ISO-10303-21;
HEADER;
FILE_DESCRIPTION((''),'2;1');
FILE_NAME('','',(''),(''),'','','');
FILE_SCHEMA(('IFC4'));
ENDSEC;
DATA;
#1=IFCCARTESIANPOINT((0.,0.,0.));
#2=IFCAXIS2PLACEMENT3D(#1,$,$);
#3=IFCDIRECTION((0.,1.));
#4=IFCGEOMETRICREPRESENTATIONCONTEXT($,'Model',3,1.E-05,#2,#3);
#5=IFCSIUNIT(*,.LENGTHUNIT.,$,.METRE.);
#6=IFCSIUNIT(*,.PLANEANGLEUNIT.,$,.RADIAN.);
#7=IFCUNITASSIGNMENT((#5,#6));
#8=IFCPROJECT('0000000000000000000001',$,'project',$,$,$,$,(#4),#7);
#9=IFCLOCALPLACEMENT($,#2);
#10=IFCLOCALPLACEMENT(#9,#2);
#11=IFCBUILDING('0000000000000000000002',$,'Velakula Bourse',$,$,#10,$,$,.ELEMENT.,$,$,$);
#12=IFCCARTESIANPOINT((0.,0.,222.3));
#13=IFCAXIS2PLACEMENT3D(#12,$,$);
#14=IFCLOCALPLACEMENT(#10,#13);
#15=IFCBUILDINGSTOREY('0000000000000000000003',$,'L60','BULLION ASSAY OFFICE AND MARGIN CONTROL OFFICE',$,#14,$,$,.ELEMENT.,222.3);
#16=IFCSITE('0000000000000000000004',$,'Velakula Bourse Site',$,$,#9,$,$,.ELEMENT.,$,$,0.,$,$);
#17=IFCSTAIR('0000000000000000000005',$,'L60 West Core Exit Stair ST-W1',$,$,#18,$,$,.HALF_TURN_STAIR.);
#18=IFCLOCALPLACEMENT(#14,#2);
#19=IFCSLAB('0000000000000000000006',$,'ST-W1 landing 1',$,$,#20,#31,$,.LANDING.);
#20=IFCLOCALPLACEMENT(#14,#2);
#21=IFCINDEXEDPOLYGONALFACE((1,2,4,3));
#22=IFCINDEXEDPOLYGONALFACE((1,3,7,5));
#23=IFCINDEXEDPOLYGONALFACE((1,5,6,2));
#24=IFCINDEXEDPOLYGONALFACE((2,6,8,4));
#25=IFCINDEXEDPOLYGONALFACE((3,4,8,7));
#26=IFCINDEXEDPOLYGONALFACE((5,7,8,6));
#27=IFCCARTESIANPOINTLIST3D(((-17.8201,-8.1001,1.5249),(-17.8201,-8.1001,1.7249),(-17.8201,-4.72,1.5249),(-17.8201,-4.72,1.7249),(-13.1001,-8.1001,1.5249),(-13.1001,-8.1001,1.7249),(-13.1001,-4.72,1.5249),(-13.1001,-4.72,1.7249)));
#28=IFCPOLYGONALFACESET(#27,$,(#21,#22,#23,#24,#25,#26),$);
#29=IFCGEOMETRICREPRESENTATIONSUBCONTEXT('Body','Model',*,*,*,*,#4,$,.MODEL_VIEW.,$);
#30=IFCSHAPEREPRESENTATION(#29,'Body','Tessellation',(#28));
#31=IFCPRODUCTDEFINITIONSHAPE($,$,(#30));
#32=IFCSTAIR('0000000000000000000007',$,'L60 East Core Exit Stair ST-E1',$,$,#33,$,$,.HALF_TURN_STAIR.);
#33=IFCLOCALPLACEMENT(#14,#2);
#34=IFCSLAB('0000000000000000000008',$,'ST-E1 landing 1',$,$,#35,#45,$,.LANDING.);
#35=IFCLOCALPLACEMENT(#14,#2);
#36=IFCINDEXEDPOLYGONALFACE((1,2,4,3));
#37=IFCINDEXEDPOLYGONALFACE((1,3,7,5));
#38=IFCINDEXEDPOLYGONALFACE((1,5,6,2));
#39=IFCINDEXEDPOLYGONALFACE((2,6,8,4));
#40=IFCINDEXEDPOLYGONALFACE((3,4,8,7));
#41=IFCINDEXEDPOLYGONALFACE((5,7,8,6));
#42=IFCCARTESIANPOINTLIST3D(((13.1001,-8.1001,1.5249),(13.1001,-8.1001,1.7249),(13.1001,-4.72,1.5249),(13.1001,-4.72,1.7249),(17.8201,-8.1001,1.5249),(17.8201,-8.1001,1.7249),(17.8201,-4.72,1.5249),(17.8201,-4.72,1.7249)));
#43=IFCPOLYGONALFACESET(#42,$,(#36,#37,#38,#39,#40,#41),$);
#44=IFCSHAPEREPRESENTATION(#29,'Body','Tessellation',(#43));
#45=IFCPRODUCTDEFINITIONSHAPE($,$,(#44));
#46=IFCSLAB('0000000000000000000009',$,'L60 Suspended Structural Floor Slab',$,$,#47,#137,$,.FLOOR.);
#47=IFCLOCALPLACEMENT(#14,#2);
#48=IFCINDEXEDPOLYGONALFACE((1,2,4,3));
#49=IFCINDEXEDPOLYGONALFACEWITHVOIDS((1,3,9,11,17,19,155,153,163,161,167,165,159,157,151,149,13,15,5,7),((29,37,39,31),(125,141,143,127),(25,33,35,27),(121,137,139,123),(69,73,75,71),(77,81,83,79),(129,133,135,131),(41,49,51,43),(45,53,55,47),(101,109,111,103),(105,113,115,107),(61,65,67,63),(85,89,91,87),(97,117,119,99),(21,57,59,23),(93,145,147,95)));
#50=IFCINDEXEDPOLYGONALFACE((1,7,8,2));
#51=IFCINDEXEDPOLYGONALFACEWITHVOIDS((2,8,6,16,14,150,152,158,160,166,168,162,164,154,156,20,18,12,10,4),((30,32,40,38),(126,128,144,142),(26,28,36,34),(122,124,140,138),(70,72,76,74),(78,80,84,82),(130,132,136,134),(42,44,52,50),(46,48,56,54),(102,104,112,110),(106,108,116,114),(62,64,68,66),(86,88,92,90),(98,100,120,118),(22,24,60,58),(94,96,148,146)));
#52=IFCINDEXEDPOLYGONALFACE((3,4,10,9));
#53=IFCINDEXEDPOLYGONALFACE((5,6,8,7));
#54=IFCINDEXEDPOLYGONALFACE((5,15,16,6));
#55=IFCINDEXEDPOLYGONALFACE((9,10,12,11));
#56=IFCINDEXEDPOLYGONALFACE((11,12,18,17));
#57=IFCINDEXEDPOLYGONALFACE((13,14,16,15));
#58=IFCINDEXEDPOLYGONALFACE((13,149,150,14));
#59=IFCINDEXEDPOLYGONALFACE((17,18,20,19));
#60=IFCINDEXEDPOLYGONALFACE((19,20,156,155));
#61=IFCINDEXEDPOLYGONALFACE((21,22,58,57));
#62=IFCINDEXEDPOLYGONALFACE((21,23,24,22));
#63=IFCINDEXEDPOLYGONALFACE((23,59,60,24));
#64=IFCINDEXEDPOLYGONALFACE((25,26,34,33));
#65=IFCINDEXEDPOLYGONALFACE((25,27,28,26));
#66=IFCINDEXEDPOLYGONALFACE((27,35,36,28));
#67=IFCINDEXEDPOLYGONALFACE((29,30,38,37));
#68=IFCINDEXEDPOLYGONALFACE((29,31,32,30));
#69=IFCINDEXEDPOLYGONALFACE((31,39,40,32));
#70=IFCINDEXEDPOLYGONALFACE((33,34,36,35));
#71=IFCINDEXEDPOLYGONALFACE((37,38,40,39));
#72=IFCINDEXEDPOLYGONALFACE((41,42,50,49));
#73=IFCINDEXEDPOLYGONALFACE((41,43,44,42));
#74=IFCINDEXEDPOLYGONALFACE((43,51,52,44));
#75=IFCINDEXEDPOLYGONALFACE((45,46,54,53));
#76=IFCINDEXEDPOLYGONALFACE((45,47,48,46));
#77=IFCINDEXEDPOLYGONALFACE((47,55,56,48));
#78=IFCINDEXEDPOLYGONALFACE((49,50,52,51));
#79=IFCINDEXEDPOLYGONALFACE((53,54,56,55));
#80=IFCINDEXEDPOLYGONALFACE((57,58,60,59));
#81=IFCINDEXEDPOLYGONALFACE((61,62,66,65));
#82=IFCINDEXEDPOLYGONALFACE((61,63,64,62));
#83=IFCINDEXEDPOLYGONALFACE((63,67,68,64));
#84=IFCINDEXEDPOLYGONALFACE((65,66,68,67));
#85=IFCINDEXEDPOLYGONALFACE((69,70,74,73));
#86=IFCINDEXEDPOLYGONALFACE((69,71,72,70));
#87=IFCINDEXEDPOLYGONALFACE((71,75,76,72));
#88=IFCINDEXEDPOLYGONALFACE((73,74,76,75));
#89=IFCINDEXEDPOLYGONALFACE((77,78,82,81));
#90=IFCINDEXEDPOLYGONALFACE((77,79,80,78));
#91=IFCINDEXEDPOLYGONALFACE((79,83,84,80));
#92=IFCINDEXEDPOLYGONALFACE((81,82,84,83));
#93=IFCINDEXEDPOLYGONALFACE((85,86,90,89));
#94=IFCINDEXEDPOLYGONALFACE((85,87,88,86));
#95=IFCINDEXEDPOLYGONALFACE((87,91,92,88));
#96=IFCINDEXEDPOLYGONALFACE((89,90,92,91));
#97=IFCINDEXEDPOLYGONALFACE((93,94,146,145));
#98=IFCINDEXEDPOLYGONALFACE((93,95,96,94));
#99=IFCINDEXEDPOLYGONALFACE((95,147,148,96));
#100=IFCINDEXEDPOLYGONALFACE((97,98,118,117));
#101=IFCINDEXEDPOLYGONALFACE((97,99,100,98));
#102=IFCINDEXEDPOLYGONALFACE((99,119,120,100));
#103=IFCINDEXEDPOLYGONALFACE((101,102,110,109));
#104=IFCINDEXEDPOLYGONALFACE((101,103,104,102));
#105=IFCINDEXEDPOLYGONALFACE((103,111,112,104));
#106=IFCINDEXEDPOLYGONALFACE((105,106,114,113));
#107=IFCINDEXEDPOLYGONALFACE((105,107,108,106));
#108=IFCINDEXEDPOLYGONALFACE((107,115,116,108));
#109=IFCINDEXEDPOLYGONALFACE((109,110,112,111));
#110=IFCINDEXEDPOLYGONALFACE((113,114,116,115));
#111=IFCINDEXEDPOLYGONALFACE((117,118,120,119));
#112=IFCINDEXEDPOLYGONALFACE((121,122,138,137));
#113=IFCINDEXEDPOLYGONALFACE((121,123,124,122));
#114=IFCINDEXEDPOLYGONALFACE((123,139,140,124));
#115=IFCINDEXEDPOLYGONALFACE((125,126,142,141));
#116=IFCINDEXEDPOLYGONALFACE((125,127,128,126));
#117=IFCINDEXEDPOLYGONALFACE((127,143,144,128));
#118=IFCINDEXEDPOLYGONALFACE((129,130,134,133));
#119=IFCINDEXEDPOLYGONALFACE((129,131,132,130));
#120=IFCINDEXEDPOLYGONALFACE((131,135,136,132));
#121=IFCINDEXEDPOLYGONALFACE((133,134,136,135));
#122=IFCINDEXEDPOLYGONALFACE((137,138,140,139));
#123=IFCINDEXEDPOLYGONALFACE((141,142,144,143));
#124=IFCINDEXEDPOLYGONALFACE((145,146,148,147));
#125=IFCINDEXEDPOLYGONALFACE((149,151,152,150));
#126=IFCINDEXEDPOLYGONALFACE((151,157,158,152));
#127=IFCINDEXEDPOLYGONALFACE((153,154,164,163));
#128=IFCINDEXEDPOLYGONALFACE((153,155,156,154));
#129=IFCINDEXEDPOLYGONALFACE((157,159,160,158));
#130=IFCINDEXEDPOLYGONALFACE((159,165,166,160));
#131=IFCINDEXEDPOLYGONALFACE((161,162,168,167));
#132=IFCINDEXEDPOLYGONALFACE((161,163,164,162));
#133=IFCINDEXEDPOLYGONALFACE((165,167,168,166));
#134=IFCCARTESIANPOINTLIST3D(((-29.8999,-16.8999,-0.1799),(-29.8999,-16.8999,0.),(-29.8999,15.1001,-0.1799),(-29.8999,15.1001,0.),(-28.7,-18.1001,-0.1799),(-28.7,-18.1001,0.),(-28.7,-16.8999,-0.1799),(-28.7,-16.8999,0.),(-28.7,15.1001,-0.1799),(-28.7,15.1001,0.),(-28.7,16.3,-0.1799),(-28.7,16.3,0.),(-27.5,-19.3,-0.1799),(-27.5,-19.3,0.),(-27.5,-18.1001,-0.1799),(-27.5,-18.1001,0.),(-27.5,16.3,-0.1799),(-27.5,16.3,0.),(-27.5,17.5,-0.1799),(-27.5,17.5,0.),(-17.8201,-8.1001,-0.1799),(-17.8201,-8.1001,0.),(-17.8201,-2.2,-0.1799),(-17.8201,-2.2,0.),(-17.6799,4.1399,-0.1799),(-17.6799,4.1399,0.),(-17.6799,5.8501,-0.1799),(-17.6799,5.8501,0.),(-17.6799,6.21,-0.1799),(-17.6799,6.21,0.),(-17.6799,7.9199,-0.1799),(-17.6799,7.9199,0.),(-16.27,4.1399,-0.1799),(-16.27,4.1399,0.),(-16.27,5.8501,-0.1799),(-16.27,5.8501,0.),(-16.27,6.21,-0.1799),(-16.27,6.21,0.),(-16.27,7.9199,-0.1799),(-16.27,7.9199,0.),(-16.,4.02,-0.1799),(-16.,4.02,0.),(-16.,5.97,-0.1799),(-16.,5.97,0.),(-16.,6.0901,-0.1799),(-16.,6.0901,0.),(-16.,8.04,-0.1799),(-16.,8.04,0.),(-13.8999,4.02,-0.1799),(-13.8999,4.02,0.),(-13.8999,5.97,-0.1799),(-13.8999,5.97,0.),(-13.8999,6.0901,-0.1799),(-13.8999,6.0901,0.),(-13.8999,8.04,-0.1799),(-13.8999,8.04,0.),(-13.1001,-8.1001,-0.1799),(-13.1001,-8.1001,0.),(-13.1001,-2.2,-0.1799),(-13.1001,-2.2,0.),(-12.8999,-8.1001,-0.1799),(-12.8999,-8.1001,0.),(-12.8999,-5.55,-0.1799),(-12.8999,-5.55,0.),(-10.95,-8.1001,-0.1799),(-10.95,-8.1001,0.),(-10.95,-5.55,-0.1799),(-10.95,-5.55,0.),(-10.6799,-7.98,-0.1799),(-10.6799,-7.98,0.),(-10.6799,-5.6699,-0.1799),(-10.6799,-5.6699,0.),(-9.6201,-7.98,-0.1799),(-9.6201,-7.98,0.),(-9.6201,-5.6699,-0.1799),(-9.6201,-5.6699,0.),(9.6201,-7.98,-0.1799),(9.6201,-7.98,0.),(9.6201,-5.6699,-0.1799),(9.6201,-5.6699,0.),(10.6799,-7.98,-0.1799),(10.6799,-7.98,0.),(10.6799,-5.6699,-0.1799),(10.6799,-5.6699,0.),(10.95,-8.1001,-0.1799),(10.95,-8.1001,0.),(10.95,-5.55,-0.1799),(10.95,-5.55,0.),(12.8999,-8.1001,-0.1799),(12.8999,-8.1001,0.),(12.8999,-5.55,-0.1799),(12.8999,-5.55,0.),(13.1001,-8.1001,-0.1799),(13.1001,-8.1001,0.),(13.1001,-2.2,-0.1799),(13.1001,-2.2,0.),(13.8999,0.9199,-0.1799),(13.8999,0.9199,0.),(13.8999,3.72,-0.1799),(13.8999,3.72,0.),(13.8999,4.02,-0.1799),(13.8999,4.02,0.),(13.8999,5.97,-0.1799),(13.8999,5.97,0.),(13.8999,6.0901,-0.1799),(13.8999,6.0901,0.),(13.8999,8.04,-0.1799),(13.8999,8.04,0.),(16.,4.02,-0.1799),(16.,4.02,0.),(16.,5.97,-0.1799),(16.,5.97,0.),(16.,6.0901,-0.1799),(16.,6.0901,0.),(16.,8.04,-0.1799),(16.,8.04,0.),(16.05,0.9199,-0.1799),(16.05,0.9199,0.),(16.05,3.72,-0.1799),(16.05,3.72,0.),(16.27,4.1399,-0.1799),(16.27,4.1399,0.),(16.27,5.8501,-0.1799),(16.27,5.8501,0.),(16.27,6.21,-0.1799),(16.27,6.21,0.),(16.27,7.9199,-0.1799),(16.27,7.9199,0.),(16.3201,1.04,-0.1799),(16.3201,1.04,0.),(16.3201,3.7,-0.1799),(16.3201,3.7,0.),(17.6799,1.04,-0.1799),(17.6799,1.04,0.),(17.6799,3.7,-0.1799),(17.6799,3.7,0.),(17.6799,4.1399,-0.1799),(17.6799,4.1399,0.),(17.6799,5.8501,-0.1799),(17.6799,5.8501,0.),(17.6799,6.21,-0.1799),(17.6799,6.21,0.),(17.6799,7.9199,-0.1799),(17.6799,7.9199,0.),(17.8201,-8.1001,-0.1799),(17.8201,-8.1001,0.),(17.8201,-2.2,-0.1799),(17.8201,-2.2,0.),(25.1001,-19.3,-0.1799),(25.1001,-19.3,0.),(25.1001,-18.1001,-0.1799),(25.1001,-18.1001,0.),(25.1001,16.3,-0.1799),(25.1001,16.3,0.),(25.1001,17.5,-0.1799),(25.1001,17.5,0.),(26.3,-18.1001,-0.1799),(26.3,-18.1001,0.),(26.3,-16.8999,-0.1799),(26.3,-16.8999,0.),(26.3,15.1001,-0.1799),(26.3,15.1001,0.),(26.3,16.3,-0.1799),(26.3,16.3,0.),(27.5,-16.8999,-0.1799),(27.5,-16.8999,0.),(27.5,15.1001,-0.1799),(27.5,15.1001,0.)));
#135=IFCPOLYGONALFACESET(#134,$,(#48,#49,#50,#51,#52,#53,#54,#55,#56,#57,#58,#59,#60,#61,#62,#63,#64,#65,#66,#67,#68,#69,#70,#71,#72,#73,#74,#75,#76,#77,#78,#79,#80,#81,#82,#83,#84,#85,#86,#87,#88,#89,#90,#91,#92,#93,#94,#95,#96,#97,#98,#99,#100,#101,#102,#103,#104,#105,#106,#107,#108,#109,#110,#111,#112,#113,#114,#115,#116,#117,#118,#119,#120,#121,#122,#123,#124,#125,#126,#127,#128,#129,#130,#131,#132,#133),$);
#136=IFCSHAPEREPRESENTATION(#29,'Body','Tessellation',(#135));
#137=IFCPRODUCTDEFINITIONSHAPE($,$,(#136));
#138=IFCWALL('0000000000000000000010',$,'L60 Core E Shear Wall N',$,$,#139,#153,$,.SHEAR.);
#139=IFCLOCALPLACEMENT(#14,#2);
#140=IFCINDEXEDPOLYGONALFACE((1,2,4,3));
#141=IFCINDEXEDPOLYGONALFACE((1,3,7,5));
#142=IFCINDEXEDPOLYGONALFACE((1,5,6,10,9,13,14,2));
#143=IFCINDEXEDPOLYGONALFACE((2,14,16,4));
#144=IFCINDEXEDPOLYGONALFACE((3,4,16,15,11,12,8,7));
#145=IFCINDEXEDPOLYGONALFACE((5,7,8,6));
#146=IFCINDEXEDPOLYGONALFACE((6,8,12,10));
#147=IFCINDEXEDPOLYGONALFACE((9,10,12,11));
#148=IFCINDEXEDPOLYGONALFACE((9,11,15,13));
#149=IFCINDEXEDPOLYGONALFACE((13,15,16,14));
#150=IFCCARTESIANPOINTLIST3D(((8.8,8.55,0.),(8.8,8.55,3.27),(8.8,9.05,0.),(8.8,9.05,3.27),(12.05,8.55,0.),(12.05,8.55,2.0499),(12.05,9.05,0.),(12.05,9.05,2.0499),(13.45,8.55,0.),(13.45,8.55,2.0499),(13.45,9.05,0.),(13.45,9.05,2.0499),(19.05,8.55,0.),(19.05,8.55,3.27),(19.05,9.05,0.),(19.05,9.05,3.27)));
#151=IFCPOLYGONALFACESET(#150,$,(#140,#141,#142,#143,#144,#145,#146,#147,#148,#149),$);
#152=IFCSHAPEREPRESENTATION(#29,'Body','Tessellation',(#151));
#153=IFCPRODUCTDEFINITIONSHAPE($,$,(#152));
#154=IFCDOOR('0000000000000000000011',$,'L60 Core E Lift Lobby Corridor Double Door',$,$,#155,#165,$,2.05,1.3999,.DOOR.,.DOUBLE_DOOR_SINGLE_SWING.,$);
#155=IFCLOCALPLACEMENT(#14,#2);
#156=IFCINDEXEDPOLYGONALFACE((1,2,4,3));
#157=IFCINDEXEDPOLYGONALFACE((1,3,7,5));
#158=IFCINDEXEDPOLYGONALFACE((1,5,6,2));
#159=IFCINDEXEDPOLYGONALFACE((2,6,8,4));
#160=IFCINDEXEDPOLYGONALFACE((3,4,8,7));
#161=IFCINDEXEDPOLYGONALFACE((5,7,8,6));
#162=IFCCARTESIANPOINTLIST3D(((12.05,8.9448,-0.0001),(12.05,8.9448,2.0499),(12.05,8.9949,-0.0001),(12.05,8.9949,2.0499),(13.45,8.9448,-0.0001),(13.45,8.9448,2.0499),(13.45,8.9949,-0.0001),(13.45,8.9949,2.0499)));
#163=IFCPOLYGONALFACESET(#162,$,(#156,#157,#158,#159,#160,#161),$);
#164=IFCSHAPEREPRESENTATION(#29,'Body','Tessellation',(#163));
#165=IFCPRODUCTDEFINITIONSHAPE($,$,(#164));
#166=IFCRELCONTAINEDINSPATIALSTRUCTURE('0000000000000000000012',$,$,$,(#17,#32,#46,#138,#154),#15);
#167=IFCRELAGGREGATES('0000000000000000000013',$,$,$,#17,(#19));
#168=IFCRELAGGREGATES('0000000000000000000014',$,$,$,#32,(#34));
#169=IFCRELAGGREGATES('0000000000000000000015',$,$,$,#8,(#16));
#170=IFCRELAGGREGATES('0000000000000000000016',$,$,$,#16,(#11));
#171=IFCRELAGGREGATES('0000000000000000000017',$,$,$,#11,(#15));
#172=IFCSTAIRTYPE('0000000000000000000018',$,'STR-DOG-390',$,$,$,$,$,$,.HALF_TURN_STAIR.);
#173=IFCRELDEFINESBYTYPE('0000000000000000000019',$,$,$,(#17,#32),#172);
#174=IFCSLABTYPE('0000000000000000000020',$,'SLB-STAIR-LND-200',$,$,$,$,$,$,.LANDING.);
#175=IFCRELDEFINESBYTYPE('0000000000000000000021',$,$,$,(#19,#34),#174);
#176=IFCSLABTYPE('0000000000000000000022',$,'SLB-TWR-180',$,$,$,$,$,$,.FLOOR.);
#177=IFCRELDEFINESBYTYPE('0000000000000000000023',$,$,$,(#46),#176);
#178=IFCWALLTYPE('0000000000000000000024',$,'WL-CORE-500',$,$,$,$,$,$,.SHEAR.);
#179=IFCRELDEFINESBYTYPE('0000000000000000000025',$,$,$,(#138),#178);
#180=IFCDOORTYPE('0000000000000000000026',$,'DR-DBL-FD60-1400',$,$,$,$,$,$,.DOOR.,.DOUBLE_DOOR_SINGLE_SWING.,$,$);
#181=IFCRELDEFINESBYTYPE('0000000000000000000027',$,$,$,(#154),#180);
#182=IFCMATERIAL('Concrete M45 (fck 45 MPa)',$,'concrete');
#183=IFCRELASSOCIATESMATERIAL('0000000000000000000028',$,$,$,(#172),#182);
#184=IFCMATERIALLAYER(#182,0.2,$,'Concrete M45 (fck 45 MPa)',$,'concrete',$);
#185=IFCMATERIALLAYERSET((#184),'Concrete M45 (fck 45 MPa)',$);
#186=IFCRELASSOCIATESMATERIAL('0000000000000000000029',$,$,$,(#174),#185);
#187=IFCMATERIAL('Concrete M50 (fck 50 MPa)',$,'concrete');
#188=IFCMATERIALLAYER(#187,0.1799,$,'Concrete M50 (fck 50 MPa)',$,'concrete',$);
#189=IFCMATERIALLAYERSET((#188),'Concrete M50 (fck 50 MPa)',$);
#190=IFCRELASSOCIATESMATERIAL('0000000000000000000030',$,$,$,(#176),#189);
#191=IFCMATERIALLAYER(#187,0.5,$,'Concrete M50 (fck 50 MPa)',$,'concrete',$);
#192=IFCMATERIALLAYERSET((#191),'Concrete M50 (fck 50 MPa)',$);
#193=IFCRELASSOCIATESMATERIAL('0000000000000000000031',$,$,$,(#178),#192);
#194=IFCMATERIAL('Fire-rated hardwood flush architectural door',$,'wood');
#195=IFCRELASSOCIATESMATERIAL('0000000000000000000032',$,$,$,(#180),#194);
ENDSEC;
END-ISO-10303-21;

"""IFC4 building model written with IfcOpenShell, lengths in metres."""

from ifc_helpers import new_model, si_unit, direction, frame, frame_2d, origin, place, context, subcontext, project, spatial, polyline, rectangle, outline, extrude, material, layer, layer_set, type_object, element, fill, aggregate, save


model = new_model("IFC4")

# Units and contexts
model_context = context("Model", 3, precision=1e-05, world=origin(), true_north=direction((0.0, 1.0)))
body_context = subcontext(model_context, "Body", "Model", "MODEL_VIEW")
ifc_project = project(units=[si_unit("LENGTHUNIT", "METRE"), si_unit("PLANEANGLEUNIT", "RADIAN")], contexts=[model_context])

# Site, building, storey
site_placement = place(None, origin())
site = spatial("IfcSite", under=ifc_project, at=site_placement, Name="Velakula Bourse Site", CompositionType="ELEMENT", RefElevation=0.0)
building_placement = place(site_placement, origin())
building = spatial("IfcBuilding", under=site, at=building_placement, Name="Velakula Bourse", CompositionType="ELEMENT")
storey_placement = place(building_placement, frame((0.0, 0.0, 222.3)))
storey = spatial("IfcBuildingStorey", under=building, at=storey_placement, Name="L60", Description="BULLION ASSAY OFFICE AND MARGIN CONTROL OFFICE", CompositionType="ELEMENT", Elevation=222.3)

# Shared definitions
ifc_material_1 = material(Name="Concrete M50 (fck 50 MPa)", Category="concrete")

# Stairs, slabs
ifc_material_2 = material(Name="Concrete M45 (fck 45 MPa)", Category="concrete")
stair_type = type_object("IfcStairType", Name="STR-DOG-390", PredefinedType="HALF_TURN_STAIR", material=ifc_material_2)
stair_1_placement = place(storey_placement, origin())
stair_1 = element("IfcStair", 1, at=stair_1_placement, inside=storey, type_object=stair_type, Name="L60 West Core Exit Stair ST-W1", PredefinedType="HALF_TURN_STAIR")
ifc_layer_1 = layer(ifc_material_2, 0.2, Name="Concrete M45 (fck 45 MPa)", Category="concrete")
ifc_layer_set_1 = layer_set([ifc_layer_1], Name="Concrete M45 (fck 45 MPa)")
slab_type_1 = type_object("IfcSlabType", Name="SLB-STAIR-LND-200", PredefinedType="LANDING", material=ifc_layer_set_1)
slab_1_placement = place(storey_placement, frame((0.0, 0.0, 1.5249)))
slab_1 = element("IfcSlab", 2, at=slab_1_placement, type_object=slab_type_1, Name="ST-W1 landing 1", PredefinedType="LANDING", context=body_context, shape_type="SweptSolid", body=[
    extrude(outline(polyline([(-17.8201, -4.72), (-17.8201, -8.1001), (-13.1001, -8.1001), (-13.1001, -4.72), (-17.8201, -4.72)])), origin(), (0.0, 0.0, 1.0), 0.2),
])
aggregate(stair_1, [slab_1])
stair_2_placement = place(storey_placement, origin())
stair_2 = element("IfcStair", 3, at=stair_2_placement, inside=storey, type_object=stair_type, Name="L60 East Core Exit Stair ST-E1", PredefinedType="HALF_TURN_STAIR")
slab_2_placement = place(storey_placement, frame((0.0, 0.0, 1.5249)))
slab_2 = element("IfcSlab", 4, at=slab_2_placement, type_object=slab_type_1, Name="ST-E1 landing 1", PredefinedType="LANDING", context=body_context, shape_type="SweptSolid", body=[
    extrude(outline(polyline([(13.1001, -4.72), (13.1001, -8.1001), (17.8201, -8.1001), (17.8201, -4.72), (13.1001, -4.72)])), origin(), (0.0, 0.0, 1.0), 0.2),
])
aggregate(stair_2, [slab_2])

# Slab
ifc_layer_2 = layer(ifc_material_1, 0.1799, Name="Concrete M50 (fck 50 MPa)", Category="concrete")
ifc_layer_set_2 = layer_set([ifc_layer_2], Name="Concrete M50 (fck 50 MPa)")
slab_type_2 = type_object("IfcSlabType", Name="SLB-TWR-180", PredefinedType="FLOOR", material=ifc_layer_set_2)
slab_3_placement = place(storey_placement, frame((0.0, 0.0, -0.1799)))
element("IfcSlab", 5, at=slab_3_placement, inside=storey, type_object=slab_type_2, Name="L60 Suspended Structural Floor Slab", PredefinedType="FLOOR", context=body_context, shape_type="SweptSolid", body=[
    extrude(outline(polyline([(-27.5, -19.3), (25.1001, -19.3), (25.1001, -18.1001), (26.3, -18.1001), (26.3, -16.8999), (27.5, -16.8999), (27.5, 15.1001), (26.3, 15.1001), (26.3, 16.3), (25.1001, 16.3), (25.1001, 17.5), (-27.5, 17.5), (-27.5, 16.3), (-28.7, 16.3), (-28.7, 15.1001), (-29.8999, 15.1001), (-29.8999, -16.8999), (-28.7, -16.8999), (-28.7, -18.1001), (-27.5, -18.1001), (-27.5, -19.3)]), holes=[polyline([(-17.8201, -8.1001), (-13.1001, -8.1001), (-13.1001, -2.2), (-17.8201, -2.2), (-17.8201, -8.1001)]), polyline([(13.1001, -8.1001), (17.8201, -8.1001), (17.8201, -2.2), (13.1001, -2.2), (13.1001, -8.1001)]), polyline([(-12.8999, -8.1001), (-10.95, -8.1001), (-10.95, -5.55), (-12.8999, -5.55), (-12.8999, -8.1001)]), polyline([(10.95, -8.1001), (12.8999, -8.1001), (12.8999, -5.55), (10.95, -5.55), (10.95, -8.1001)]), polyline([(13.8999, 0.9199), (16.05, 0.9199), (16.05, 3.72), (13.8999, 3.72), (13.8999, 0.9199)]), polyline([(-10.6799, -7.98), (-9.6201, -7.98), (-9.6201, -5.6699), (-10.6799, -5.6699), (-10.6799, -7.98)]), polyline([(-17.6799, 4.1399), (-16.27, 4.1399), (-16.27, 5.8501), (-17.6799, 5.8501), (-17.6799, 4.1399)]), polyline([(-17.6799, 6.21), (-16.27, 6.21), (-16.27, 7.9199), (-17.6799, 7.9199), (-17.6799, 6.21)]), polyline([(9.6201, -7.98), (10.6799, -7.98), (10.6799, -5.6699), (9.6201, -5.6699), (9.6201, -7.98)]), polyline([(16.27, 4.1399), (17.6799, 4.1399), (17.6799, 5.8501), (16.27, 5.8501), (16.27, 4.1399)]), polyline([(16.27, 6.21), (17.6799, 6.21), (17.6799, 7.9199), (16.27, 7.9199), (16.27, 6.21)]), polyline([(16.3201, 1.04), (17.6799, 1.04), (17.6799, 3.7), (16.3201, 3.7), (16.3201, 1.04)]), polyline([(-16.0, 4.02), (-13.8999, 4.02), (-13.8999, 5.97), (-16.0, 5.97), (-16.0, 4.02)]), polyline([(-16.0, 6.0901), (-13.8999, 6.0901), (-13.8999, 8.04), (-16.0, 8.04), (-16.0, 6.0901)]), polyline([(13.8999, 4.02), (16.0, 4.02), (16.0, 5.97), (13.8999, 5.97), (13.8999, 4.02)]), polyline([(13.8999, 6.0901), (16.0, 6.0901), (16.0, 8.04), (13.8999, 8.04), (13.8999, 6.0901)])]), origin(), (0.0, 0.0, 1.0), 0.1799),
])

# Wall, opening, door
ifc_layer_3 = layer(ifc_material_1, 0.5, Name="Concrete M50 (fck 50 MPa)", Category="concrete")
ifc_layer_set_3 = layer_set([ifc_layer_3], Name="Concrete M50 (fck 50 MPa)")
wall_type_1 = type_object("IfcWallType", Name="WL-CORE-500", PredefinedType="SHEAR", material=ifc_layer_set_3)
wall_1_placement = place(storey_placement, frame((8.8, 8.8, 0.0), z_axis=(0.0, 0.0, 1.0), x_axis=(1.0, 0.0, 0.0)))
wall_1 = element("IfcWall", 6, at=wall_1_placement, inside=storey, type_object=wall_type_1, Name="L60 Core E Shear Wall N", PredefinedType="SHEAR", context=body_context, shape_type="SweptSolid", body=[
    extrude(rectangle(XDim=10.25, YDim=0.5, at=frame_2d((5.125, 0.0))), origin(), (0.0, 0.0, 1.0), 3.27),
])
opening_1_placement = place(wall_1_placement, frame((3.25, 0.0, 0.0)))
opening_1 = element("IfcOpeningElement", 7, at=opening_1_placement, cuts=wall_1, PredefinedType="OPENING", context=body_context, shape_type="SweptSolid", body=[
    extrude(rectangle(XDim=1.3999, YDim=2.05, at=frame_2d((0.7, 1.0249))), frame((0.0, 0.26, 0.0), z_axis=(0.0, -1.0, 0.0), x_axis=(1.0, 0.0, 0.0)), (0.0, 0.0, 1.0), 0.52),
])
ifc_material_3 = material(Name="Fire-rated hardwood flush architectural door", Category="wood")
door_type = type_object("IfcDoorType", Name="DR-DBL-FD60-1400", OperationType="DOUBLE_DOOR_SINGLE_SWING", PredefinedType="DOOR", material=ifc_material_3)
door_placement = place(opening_1_placement, origin())
door = element("IfcDoor", 8, at=door_placement, inside=storey, type_object=door_type, Name="L60 Core E Lift Lobby Corridor Double Door", OperationType="DOUBLE_DOOR_SINGLE_SWING", OverallHeight=2.05, OverallWidth=1.3999, PredefinedType="DOOR", context=body_context, shape_type="SweptSolid", body=[
    extrude(rectangle(XDim=1.3999, YDim=2.05, at=frame_2d((0.7, 1.0249))), frame((0.0, 0.1948, 0.0), z_axis=(0.0, -1.0, 0.0), x_axis=(1.0, 0.0, 0.0)), (0.0, 0.0, 1.0), 0.05),
])
fill(opening_1, door)

save(model, "model.ifc")
